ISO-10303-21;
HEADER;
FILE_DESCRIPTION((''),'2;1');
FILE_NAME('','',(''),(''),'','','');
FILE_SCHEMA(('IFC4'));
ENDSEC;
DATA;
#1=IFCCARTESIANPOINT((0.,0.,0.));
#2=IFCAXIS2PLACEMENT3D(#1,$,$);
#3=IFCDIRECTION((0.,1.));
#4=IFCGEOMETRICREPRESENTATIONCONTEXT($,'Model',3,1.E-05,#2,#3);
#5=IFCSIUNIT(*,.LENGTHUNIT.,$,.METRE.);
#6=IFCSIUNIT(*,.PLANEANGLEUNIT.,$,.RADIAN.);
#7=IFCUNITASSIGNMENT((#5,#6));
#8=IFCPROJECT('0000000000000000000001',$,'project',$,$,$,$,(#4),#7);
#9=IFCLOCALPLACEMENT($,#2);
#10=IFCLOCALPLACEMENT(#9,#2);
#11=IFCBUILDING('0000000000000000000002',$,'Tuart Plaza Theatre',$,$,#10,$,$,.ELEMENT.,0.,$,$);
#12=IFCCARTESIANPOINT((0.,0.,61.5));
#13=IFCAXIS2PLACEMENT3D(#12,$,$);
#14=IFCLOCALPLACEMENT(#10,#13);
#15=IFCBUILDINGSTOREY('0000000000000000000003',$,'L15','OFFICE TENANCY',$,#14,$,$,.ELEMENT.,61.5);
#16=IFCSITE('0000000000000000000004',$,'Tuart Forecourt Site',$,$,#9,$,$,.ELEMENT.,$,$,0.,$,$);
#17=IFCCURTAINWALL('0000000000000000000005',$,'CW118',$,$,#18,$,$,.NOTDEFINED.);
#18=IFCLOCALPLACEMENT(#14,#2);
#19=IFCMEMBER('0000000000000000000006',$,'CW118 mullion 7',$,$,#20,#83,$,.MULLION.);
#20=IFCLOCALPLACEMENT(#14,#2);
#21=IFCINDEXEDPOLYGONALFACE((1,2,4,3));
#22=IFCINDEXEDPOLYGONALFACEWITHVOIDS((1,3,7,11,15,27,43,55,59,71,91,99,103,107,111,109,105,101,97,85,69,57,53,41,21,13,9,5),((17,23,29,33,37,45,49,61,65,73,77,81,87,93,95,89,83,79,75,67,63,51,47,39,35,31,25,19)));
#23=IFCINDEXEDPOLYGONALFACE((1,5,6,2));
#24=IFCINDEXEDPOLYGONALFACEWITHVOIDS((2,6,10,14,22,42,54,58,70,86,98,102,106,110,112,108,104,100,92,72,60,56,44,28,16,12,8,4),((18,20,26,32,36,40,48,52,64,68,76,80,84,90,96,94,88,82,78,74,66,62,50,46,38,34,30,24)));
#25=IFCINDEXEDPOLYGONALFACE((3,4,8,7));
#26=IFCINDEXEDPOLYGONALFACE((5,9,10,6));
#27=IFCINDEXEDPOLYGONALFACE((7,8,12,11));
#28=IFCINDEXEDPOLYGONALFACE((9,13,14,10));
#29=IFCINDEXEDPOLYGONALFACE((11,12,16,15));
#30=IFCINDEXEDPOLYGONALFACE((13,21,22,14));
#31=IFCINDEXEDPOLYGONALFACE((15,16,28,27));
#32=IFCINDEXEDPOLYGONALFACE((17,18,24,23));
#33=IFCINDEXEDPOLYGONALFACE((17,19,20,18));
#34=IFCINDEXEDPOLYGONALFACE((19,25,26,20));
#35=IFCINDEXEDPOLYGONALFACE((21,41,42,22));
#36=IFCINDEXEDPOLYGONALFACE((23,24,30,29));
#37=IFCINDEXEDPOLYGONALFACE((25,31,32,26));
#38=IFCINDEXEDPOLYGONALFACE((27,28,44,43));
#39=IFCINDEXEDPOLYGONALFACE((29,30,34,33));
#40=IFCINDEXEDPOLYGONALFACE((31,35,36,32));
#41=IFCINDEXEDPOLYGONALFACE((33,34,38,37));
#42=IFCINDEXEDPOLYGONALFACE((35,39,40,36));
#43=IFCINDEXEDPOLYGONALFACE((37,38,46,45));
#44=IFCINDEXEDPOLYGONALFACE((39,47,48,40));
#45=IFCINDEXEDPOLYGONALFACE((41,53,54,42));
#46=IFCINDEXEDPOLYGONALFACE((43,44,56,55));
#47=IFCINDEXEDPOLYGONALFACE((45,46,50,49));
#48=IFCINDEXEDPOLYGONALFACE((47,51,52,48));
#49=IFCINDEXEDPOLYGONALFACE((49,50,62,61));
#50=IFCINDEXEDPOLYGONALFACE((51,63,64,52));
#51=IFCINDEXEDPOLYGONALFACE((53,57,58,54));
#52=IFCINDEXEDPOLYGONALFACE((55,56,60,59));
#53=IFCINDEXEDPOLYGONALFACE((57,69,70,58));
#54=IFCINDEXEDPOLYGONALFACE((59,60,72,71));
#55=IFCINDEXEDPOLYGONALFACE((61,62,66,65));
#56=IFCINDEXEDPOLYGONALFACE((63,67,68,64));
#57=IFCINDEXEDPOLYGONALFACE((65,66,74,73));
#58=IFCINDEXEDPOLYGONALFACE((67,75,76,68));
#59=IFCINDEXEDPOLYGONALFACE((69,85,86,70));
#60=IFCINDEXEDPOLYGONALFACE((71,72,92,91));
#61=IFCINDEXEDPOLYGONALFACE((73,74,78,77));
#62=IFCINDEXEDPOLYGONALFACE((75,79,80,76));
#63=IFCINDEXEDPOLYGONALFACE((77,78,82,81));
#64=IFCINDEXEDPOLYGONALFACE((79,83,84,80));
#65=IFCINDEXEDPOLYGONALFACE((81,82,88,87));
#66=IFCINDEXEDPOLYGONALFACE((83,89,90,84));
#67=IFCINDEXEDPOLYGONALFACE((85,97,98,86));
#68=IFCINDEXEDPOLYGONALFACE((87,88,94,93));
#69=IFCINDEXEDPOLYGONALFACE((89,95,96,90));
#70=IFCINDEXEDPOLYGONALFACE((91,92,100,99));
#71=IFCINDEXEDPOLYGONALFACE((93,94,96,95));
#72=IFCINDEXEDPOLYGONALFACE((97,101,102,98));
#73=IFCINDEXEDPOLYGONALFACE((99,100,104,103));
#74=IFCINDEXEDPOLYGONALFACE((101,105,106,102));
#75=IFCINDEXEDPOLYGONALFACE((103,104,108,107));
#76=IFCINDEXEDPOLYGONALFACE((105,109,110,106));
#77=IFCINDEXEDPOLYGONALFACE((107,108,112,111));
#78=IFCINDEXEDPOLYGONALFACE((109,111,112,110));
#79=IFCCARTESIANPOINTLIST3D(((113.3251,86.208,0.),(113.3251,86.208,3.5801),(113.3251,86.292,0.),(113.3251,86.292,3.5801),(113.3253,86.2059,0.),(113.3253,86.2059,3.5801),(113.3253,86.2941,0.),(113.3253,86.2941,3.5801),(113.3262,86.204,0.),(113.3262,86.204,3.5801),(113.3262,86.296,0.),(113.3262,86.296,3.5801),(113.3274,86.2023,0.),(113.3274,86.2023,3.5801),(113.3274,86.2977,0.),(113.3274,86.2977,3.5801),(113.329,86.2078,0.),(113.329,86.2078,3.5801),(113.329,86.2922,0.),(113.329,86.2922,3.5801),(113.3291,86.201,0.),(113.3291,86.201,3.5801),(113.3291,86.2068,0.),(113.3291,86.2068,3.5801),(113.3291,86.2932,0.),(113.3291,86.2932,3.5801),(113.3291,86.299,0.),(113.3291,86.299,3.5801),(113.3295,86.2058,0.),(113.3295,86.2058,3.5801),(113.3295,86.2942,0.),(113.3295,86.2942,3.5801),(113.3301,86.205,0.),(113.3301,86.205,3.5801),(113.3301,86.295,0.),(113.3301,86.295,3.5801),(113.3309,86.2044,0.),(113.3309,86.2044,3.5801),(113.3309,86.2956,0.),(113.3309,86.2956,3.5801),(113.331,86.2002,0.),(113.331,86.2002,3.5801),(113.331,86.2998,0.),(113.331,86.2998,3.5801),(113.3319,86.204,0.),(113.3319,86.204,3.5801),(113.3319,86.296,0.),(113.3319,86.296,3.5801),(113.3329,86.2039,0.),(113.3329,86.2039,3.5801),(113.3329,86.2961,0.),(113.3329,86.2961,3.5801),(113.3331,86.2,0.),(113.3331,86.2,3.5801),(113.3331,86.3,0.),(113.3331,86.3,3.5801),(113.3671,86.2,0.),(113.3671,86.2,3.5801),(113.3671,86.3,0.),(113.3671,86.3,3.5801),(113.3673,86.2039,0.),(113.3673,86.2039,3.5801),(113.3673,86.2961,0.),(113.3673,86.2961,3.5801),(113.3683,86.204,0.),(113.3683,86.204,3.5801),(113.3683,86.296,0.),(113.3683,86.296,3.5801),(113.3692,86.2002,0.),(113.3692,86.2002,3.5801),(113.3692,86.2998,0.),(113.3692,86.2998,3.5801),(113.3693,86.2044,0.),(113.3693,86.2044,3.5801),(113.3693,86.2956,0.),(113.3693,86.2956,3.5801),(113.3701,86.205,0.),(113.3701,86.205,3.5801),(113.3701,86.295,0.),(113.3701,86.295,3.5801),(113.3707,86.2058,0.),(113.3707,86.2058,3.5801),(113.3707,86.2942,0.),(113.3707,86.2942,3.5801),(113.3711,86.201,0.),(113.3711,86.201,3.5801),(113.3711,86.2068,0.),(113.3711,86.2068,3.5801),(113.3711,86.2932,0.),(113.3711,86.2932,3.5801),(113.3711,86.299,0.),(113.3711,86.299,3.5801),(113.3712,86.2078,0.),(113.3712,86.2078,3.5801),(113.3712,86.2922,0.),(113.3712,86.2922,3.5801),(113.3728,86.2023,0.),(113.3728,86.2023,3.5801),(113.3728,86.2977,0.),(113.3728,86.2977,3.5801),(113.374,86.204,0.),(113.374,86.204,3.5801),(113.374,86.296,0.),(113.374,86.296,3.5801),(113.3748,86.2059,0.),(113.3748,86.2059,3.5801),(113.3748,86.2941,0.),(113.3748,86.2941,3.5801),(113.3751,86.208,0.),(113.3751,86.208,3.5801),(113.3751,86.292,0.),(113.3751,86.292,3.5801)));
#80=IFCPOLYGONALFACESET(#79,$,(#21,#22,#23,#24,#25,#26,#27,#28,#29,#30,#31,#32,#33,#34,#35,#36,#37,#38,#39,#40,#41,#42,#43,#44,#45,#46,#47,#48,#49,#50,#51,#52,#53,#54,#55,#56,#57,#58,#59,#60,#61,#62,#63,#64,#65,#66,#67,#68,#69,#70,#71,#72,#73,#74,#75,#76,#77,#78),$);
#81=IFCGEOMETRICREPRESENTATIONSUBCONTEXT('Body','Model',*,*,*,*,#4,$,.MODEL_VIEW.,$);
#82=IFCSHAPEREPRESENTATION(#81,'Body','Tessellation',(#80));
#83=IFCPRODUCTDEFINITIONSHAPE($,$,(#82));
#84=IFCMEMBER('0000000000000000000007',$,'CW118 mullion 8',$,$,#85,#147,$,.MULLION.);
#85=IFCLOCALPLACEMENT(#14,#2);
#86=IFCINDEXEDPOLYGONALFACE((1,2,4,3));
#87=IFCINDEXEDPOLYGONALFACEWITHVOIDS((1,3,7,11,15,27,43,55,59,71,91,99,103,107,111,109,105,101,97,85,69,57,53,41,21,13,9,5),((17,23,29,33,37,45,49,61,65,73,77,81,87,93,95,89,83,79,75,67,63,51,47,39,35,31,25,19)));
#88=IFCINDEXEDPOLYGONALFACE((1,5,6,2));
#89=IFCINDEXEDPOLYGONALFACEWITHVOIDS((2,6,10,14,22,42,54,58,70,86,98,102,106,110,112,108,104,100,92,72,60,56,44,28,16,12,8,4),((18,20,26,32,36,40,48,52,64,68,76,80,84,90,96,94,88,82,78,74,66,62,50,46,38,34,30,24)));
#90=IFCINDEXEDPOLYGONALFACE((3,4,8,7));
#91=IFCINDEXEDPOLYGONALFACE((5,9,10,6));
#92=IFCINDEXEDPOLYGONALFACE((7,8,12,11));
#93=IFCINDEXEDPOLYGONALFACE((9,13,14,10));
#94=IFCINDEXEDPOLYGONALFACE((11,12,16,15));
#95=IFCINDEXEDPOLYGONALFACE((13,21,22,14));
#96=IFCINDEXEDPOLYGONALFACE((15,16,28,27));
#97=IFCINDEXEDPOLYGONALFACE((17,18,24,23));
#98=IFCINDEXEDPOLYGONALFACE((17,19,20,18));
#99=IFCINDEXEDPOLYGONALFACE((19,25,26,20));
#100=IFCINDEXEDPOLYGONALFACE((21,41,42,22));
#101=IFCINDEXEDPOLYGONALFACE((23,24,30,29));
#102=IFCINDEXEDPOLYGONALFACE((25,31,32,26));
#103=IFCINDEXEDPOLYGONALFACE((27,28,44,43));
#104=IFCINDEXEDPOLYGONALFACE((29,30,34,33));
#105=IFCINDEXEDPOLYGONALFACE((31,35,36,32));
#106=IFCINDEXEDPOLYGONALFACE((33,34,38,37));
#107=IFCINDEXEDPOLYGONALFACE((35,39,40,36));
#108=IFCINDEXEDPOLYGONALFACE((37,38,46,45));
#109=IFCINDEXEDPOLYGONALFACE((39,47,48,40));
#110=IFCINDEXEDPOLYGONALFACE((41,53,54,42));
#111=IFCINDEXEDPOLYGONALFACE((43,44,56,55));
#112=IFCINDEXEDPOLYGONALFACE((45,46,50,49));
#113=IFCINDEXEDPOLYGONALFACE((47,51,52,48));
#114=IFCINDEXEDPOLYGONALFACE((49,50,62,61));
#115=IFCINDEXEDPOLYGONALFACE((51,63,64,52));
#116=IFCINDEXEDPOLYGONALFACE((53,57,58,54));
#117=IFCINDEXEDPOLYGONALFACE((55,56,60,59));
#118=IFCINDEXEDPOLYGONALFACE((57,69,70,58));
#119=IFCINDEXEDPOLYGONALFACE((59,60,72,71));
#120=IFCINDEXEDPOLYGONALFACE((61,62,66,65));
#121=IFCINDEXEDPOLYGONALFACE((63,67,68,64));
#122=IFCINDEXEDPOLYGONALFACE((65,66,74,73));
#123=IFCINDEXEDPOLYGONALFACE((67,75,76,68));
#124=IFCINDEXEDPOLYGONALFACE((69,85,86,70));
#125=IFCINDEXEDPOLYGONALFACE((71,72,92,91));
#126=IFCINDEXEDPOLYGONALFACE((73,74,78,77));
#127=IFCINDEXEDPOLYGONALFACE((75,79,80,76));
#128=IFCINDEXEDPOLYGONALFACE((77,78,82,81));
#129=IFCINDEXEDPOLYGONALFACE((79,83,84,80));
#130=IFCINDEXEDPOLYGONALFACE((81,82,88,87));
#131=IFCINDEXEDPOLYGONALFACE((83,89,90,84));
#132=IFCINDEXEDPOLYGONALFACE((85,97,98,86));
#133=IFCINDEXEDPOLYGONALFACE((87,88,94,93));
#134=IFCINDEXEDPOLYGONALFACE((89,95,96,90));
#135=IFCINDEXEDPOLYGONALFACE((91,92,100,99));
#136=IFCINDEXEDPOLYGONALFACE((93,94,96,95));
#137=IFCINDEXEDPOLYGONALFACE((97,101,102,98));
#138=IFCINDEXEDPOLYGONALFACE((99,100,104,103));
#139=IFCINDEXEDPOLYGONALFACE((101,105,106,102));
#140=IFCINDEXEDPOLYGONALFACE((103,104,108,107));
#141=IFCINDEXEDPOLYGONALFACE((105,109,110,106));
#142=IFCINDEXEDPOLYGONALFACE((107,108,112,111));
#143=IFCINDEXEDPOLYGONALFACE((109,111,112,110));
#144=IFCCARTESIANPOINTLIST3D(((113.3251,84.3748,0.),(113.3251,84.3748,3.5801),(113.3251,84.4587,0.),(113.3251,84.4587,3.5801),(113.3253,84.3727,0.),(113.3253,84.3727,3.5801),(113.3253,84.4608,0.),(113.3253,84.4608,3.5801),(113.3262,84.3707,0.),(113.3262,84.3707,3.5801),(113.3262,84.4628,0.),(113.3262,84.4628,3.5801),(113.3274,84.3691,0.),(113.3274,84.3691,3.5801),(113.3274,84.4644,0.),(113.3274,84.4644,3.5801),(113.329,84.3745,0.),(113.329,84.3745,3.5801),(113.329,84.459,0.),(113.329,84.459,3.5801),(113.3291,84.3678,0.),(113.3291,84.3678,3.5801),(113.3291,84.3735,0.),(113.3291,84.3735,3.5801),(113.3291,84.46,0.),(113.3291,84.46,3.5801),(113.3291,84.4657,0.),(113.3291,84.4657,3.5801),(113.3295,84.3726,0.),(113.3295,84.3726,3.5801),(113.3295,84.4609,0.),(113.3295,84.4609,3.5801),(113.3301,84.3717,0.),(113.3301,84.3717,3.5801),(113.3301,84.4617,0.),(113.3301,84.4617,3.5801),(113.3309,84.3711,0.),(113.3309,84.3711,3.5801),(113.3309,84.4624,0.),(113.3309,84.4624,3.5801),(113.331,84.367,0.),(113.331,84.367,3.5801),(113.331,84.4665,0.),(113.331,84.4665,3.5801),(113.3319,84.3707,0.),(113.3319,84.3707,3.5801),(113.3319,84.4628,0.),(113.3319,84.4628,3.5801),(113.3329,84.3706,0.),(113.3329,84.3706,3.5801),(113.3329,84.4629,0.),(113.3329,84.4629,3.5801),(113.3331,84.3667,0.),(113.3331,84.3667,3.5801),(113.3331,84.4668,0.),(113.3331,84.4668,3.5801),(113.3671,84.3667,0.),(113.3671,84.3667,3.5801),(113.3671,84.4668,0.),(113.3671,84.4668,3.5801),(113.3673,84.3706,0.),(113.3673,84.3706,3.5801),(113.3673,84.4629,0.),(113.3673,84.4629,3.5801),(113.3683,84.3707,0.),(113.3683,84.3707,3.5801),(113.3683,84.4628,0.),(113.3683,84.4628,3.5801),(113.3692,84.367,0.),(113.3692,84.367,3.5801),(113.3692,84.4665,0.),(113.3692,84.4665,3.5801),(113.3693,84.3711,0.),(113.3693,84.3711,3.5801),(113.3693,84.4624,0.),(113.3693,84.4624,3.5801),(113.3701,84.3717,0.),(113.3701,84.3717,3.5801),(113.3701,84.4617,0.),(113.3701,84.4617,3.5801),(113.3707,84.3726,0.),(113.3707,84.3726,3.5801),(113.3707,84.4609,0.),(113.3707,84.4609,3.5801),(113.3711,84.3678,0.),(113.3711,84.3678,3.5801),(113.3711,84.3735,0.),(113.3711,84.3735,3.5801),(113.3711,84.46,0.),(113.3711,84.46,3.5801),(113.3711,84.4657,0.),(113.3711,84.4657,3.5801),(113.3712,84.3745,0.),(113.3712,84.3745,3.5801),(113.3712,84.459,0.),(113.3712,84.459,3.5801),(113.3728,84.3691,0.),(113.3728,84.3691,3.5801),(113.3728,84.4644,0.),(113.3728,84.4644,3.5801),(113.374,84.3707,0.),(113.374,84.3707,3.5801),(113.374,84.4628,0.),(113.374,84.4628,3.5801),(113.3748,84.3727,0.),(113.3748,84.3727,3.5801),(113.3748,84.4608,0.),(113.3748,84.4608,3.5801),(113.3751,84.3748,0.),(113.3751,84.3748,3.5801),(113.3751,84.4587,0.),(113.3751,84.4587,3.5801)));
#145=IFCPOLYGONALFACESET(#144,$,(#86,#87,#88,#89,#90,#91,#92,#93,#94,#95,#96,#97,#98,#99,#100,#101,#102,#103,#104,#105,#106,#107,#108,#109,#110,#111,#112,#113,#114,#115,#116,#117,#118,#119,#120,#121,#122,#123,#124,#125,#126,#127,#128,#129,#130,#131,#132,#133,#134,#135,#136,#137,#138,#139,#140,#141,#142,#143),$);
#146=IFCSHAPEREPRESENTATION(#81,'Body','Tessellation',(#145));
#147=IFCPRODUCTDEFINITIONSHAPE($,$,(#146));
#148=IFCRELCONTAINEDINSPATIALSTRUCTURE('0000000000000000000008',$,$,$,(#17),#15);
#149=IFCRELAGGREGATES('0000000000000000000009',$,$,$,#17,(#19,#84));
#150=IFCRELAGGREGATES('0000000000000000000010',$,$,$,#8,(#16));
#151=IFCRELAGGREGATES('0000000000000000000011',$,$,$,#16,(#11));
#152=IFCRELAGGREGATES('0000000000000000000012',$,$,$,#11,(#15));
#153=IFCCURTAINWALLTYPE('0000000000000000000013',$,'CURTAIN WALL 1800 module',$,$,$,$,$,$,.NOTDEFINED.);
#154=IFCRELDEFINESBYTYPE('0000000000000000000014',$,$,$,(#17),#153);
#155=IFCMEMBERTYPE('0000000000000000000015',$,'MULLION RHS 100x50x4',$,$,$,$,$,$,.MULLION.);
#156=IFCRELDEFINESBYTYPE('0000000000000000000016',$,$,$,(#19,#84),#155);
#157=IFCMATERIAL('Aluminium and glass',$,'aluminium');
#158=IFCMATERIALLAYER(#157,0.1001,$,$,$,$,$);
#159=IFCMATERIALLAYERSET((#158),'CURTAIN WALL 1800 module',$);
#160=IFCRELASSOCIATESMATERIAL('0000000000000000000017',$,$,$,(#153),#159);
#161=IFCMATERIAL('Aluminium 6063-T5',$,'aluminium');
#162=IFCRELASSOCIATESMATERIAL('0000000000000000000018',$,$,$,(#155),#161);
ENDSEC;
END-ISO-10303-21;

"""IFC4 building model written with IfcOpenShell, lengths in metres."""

from ifc_helpers import new_model, si_unit, direction, frame, origin, origin_2d, place, context, subcontext, project, spatial, hollow_rectangle, extrude, material, layer, layer_set, material_profile, profile_set, type_object, element, aggregate, save


model = new_model("IFC4")

# Units and contexts
model_context = context("Model", 3, precision=1e-05, world=origin(), true_north=direction((0.0, 1.0)))
body_context = subcontext(model_context, "Body", "Model", "MODEL_VIEW")
ifc_project = project(units=[si_unit("LENGTHUNIT", "METRE"), si_unit("PLANEANGLEUNIT", "RADIAN")], contexts=[model_context])

# Site, building, storey
site_placement = place(None, origin())
site = spatial("IfcSite", under=ifc_project, at=site_placement, Name="Tuart Forecourt Site", CompositionType="ELEMENT", RefElevation=0.0)
building_placement = place(site_placement, origin())
building = spatial("IfcBuilding", under=site, at=building_placement, Name="Tuart Plaza Theatre", CompositionType="ELEMENT", ElevationOfRefHeight=0.0)
storey_placement = place(building_placement, frame((0.0, 0.0, 61.5)))
storey = spatial("IfcBuildingStorey", under=building, at=storey_placement, Name="L15", Description="OFFICE TENANCY", CompositionType="ELEMENT", Elevation=61.5)

# Curtain wall, members
ifc_material_1 = material(Name="Aluminium and glass", Category="aluminium")
ifc_layer_1 = layer(ifc_material_1, 0.1001)
ifc_layer_set_1 = layer_set([ifc_layer_1], Name="CURTAIN WALL 1800 module")
curtain_wall_type = type_object("IfcCurtainWallType", Name="CURTAIN WALL 1800 module", PredefinedType="NOTDEFINED", material=ifc_layer_set_1)
curtain_wall_placement = place(storey_placement, origin())
curtain_wall = element("IfcCurtainWall", 1, at=curtain_wall_placement, inside=storey, type_object=curtain_wall_type, Name="CW118", PredefinedType="NOTDEFINED")
ifc_material_2 = material(Name="Aluminium 6063-T5", Category="aluminium")
ifc_material_profile = material_profile(ifc_material_2, hollow_rectangle(XDim=0.05, YDim=0.1001, WallThickness=0.0039, InnerFilletRadius=0.0039, OuterFilletRadius=0.0081, at=origin_2d()), Name="RHS 100x50x4")
ifc_profile_set = profile_set([ifc_material_profile], Name="Aluminium 6063-T5")
member_type = type_object("IfcMemberType", Name="MULLION RHS 100x50x4", PredefinedType="MULLION", material=ifc_profile_set)
member_1_placement = place(storey_placement, frame((113.3501, 86.25, 0.0), z_axis=(0.0, 0.0, 1.0), x_axis=(1.0, 0.0, 0.0)))
member_1 = element("IfcMember", 2, at=member_1_placement, type_object=member_type, Name="CW118 mullion 7", PredefinedType="MULLION", context=body_context, shape_type="SweptSolid", body=[
    extrude(hollow_rectangle(XDim=0.05, YDim=0.1001, WallThickness=0.0039, InnerFilletRadius=0.0039, OuterFilletRadius=0.0081, at=origin_2d()), origin(), (0.0, 0.0, 1.0), 3.5801),
])
member_2_placement = place(storey_placement, frame((113.3501, 84.4167, 0.0), z_axis=(0.0, 0.0, 1.0), x_axis=(1.0, 0.0, 0.0)))
member_2 = element("IfcMember", 3, at=member_2_placement, type_object=member_type, Name="CW118 mullion 8", PredefinedType="MULLION", context=body_context, shape_type="SweptSolid", body=[
    extrude(hollow_rectangle(XDim=0.05, YDim=0.1001, WallThickness=0.0039, InnerFilletRadius=0.0039, OuterFilletRadius=0.0081, at=origin_2d()), origin(), (0.0, 0.0, 1.0), 3.5801),
])
aggregate(curtain_wall, [member_1, member_2])

save(model, "model.ifc")
